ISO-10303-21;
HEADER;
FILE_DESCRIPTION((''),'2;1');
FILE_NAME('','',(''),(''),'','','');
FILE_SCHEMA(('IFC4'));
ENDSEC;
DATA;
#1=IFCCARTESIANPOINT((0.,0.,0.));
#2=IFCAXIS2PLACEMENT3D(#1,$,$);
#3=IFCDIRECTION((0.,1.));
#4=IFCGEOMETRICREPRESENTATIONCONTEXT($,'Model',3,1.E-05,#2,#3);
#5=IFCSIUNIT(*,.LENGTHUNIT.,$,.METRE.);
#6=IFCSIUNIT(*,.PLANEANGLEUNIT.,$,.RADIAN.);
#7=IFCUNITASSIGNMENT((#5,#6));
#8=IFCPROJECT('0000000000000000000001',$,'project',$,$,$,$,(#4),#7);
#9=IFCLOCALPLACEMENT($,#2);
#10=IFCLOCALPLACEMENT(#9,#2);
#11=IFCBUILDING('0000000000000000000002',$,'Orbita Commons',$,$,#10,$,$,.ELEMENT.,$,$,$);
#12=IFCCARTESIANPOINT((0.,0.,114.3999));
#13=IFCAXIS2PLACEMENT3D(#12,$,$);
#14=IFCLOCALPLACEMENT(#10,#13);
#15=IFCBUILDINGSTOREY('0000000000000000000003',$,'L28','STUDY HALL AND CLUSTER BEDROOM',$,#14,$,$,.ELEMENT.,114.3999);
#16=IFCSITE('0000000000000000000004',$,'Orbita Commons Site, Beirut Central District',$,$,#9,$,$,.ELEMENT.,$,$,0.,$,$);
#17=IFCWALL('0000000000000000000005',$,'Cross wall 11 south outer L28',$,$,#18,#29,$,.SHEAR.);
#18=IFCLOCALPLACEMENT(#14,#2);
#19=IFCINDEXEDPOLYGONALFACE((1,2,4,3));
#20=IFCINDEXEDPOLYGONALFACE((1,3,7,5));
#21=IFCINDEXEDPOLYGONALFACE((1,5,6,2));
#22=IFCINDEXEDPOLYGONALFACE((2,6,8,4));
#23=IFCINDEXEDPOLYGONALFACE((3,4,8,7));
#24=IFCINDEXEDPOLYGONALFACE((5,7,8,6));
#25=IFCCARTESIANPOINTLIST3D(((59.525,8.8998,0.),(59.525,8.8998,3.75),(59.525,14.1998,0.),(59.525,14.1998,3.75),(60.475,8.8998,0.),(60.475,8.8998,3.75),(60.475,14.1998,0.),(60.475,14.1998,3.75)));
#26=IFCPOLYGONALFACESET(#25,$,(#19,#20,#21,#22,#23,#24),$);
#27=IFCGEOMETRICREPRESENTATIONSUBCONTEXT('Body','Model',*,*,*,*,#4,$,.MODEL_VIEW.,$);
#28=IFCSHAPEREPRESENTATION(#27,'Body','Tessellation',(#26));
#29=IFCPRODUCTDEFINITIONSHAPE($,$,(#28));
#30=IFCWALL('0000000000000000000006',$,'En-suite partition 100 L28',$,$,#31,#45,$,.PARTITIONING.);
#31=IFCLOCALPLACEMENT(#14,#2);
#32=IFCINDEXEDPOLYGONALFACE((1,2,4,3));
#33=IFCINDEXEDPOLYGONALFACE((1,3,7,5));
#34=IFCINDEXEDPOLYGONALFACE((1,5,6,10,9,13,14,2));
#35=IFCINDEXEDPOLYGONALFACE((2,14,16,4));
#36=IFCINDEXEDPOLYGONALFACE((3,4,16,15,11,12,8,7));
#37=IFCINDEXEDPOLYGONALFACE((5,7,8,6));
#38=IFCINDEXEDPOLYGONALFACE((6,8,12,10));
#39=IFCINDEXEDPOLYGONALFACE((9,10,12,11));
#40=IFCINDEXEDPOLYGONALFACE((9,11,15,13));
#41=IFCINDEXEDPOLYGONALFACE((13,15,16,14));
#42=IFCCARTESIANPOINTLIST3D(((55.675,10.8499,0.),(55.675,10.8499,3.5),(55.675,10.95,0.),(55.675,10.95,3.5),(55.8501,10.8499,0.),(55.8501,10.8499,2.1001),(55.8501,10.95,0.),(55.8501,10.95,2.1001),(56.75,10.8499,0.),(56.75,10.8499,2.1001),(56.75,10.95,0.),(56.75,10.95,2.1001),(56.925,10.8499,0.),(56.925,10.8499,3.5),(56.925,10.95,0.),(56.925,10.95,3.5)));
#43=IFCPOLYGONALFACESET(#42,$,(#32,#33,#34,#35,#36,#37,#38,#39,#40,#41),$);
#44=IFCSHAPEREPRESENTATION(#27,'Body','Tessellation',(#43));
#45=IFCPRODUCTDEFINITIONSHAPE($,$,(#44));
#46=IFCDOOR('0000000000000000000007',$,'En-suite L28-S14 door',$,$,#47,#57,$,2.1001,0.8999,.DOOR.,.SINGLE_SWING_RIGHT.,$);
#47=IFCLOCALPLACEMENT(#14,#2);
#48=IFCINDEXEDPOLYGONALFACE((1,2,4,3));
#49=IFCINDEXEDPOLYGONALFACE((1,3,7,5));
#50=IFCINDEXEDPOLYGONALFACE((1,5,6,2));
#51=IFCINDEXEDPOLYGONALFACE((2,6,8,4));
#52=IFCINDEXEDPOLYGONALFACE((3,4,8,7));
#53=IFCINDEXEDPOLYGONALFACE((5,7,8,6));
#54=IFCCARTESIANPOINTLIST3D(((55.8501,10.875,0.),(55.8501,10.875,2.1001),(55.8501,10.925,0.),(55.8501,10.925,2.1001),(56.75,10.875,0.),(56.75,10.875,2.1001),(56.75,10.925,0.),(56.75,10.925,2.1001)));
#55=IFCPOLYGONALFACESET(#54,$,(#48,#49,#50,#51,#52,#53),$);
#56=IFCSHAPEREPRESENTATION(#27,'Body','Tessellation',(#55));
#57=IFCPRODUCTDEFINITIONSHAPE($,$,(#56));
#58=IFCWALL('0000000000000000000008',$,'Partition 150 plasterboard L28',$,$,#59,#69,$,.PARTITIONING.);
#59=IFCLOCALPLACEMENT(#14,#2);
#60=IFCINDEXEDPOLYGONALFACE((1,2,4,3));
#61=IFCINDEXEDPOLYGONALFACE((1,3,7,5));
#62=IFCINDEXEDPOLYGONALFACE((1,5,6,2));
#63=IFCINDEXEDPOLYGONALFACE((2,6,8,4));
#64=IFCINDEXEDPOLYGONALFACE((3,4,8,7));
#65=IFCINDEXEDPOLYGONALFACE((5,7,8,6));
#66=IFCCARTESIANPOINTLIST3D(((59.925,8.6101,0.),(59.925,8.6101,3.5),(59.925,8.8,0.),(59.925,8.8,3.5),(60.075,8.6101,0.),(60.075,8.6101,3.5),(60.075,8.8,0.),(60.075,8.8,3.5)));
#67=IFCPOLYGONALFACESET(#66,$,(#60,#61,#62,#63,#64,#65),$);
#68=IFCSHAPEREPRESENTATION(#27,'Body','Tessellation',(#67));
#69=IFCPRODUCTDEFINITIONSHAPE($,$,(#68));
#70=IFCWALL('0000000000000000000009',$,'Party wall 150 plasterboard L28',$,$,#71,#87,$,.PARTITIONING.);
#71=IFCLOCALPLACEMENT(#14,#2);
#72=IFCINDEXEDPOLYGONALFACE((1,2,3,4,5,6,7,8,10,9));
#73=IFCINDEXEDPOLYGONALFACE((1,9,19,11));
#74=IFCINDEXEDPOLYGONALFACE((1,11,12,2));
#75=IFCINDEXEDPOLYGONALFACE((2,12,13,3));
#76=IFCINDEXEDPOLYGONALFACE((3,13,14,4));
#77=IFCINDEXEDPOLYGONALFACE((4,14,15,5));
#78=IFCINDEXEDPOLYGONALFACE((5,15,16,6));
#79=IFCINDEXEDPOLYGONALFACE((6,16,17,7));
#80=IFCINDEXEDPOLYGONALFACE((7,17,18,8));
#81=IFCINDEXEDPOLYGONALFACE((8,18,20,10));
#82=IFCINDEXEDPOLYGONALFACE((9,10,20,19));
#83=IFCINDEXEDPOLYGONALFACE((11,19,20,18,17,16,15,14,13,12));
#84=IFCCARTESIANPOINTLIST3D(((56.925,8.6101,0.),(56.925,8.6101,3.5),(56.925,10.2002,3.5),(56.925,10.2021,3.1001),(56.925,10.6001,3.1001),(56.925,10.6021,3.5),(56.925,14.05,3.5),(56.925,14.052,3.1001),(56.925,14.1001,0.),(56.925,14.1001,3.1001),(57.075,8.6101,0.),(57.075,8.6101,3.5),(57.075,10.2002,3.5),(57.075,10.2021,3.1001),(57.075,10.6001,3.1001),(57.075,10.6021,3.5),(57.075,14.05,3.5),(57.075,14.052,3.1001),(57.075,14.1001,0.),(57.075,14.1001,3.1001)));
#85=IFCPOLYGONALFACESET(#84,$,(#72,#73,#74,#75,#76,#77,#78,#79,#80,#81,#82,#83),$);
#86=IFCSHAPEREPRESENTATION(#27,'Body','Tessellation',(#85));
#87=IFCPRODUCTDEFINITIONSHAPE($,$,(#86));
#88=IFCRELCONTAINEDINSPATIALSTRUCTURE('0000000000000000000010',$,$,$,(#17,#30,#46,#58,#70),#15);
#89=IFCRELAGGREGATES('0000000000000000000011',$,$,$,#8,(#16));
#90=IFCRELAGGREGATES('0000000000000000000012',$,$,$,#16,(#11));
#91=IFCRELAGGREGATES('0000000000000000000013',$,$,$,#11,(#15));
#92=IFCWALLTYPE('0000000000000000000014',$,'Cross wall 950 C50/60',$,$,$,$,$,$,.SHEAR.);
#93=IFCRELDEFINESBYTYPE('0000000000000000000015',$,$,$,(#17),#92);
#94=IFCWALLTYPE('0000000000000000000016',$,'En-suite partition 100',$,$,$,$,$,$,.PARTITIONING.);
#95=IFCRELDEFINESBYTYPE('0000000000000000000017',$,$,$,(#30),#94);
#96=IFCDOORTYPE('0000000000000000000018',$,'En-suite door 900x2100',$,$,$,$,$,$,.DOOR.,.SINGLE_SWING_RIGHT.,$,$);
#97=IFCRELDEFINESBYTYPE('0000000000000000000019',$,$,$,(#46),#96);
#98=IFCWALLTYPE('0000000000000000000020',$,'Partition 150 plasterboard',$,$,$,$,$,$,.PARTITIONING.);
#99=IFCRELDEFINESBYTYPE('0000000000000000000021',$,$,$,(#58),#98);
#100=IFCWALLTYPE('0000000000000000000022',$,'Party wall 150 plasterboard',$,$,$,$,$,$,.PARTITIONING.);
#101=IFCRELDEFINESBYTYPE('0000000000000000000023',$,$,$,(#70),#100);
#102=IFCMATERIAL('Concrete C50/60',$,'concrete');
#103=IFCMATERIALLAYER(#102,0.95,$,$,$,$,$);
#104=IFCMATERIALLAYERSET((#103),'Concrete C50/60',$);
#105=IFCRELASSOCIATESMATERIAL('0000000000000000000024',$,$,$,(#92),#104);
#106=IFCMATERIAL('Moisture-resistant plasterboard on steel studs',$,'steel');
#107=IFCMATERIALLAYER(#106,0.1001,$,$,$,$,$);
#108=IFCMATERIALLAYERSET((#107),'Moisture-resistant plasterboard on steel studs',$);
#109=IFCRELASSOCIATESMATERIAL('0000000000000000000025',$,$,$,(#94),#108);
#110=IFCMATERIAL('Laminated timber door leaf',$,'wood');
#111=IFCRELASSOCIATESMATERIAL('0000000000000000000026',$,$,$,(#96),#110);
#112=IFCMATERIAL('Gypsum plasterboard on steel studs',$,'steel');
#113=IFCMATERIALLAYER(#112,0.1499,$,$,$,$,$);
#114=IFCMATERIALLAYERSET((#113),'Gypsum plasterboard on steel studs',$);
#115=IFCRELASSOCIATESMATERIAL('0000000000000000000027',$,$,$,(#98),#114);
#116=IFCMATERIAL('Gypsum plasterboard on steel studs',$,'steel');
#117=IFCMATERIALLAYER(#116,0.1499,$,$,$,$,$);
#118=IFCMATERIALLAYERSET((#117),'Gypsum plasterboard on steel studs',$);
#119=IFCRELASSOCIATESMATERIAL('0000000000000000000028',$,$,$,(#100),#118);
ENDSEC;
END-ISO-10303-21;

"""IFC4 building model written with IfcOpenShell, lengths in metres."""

from ifc_helpers import new_model, si_unit, direction, frame, frame_2d, origin, place, context, subcontext, project, spatial, polyline, rectangle, outline, extrude, material, layer, layer_set, type_object, element, fill, save


model = new_model("IFC4")

# Units and contexts
model_context = context("Model", 3, precision=1e-05, world=origin(), true_north=direction((0.0, 1.0)))
body_context = subcontext(model_context, "Body", "Model", "MODEL_VIEW")
ifc_project = project(units=[si_unit("LENGTHUNIT", "METRE"), si_unit("PLANEANGLEUNIT", "RADIAN")], contexts=[model_context])

# Site, building, storey
site_placement = place(None, origin())
site = spatial("IfcSite", under=ifc_project, at=site_placement, Name="Orbita Commons Site, Beirut Central District", CompositionType="ELEMENT", RefElevation=0.0)
building_placement = place(site_placement, origin())
building = spatial("IfcBuilding", under=site, at=building_placement, Name="Orbita Commons", CompositionType="ELEMENT")
storey_placement = place(building_placement, frame((0.0, 0.0, 114.3999)))
storey = spatial("IfcBuildingStorey", under=building, at=storey_placement, Name="L28", Description="STUDY HALL AND CLUSTER BEDROOM", CompositionType="ELEMENT", Elevation=114.3999)

# Wall
ifc_material_1 = material(Name="Concrete C50/60", Category="concrete")
ifc_layer_1 = layer(ifc_material_1, 0.95)
ifc_layer_set_1 = layer_set([ifc_layer_1], Name="Concrete C50/60")
wall_type_1 = type_object("IfcWallType", Name="Cross wall 950 C50/60", PredefinedType="SHEAR", material=ifc_layer_set_1)
wall_1_placement = place(storey_placement, frame((60.0, 8.8999, 0.0), z_axis=(0.0, 0.0, 1.0), x_axis=(0.0, 1.0, 0.0)))
element("IfcWall", 1, at=wall_1_placement, inside=storey, type_object=wall_type_1, Name="Cross wall 11 south outer L28", PredefinedType="SHEAR", context=body_context, shape_type="SweptSolid", body=[
    extrude(rectangle(XDim=5.3, YDim=0.95, at=frame_2d((2.6499, 0.0))), origin(), (0.0, 0.0, 1.0), 3.75),
])

# Wall, opening, door
ifc_material_2 = material(Name="Moisture-resistant plasterboard on steel studs", Category="steel")
ifc_layer_2 = layer(ifc_material_2, 0.1001)
ifc_layer_set_2 = layer_set([ifc_layer_2], Name="Moisture-resistant plasterboard on steel studs")
wall_type_2 = type_object("IfcWallType", Name="En-suite partition 100", PredefinedType="PARTITIONING", material=ifc_layer_set_2)
wall_2_placement = place(storey_placement, frame((56.925, 10.8999, 0.0), z_axis=(0.0, 0.0, 1.0), x_axis=(-1.0, 0.0, 0.0)))
wall_2 = element("IfcWall", 2, at=wall_2_placement, inside=storey, type_object=wall_type_2, Name="En-suite partition 100 L28", PredefinedType="PARTITIONING", context=body_context, shape_type="SweptSolid", body=[
    extrude(rectangle(XDim=1.25, YDim=0.1001, at=frame_2d((0.625, 0.0))), origin(), (0.0, 0.0, 1.0), 3.5),
])
opening_placement = place(wall_2_placement, frame((0.175, 0.0, 0.0)))
opening = element("IfcOpeningElement", 3, at=opening_placement, cuts=wall_2, PredefinedType="OPENING", context=body_context, shape_type="SweptSolid", body=[
    extrude(rectangle(XDim=0.8999, YDim=2.1001, at=frame_2d((0.45, 1.05))), frame((0.0, 0.0601, 0.0), z_axis=(0.0, -1.0, 0.0), x_axis=(1.0, 0.0, 0.0)), (0.0, 0.0, 1.0), 0.1201),
])
ifc_material_3 = material(Name="Laminated timber door leaf", Category="wood")
door_type = type_object("IfcDoorType", Name="En-suite door 900x2100", OperationType="SINGLE_SWING_RIGHT", PredefinedType="DOOR", material=ifc_material_3)
door_placement = place(opening_placement, origin())
door = element("IfcDoor", 4, at=door_placement, inside=storey, type_object=door_type, Name="En-suite L28-S14 door", OperationType="SINGLE_SWING_RIGHT", OverallHeight=2.1001, OverallWidth=0.8999, PredefinedType="DOOR", context=body_context, shape_type="SweptSolid", body=[
    extrude(rectangle(XDim=0.8999, YDim=2.1001, at=frame_2d((0.45, 1.05))), frame((0.0, 0.0249, 0.0), z_axis=(0.0, -1.0, 0.0), x_axis=(1.0, 0.0, 0.0)), (0.0, 0.0, 1.0), 0.05),
])
fill(opening, door)

# Walls
ifc_material_4 = material(Name="Gypsum plasterboard on steel studs", Category="steel")
ifc_layer_3 = layer(ifc_material_4, 0.1499)
ifc_layer_set_3 = layer_set([ifc_layer_3], Name="Gypsum plasterboard on steel studs")
wall_type_3 = type_object("IfcWallType", Name="Partition 150 plasterboard", PredefinedType="PARTITIONING", material=ifc_layer_set_3)
wall_3_placement = place(storey_placement, frame((60.0, 8.8, 0.0), z_axis=(0.0, 0.0, 1.0), x_axis=(0.0, -1.0, 0.0)))
element("IfcWall", 5, at=wall_3_placement, inside=storey, type_object=wall_type_3, Name="Partition 150 plasterboard L28", PredefinedType="PARTITIONING", context=body_context, shape_type="SweptSolid", body=[
    extrude(rectangle(XDim=0.1899, YDim=0.1499, at=frame_2d((0.095, 0.0))), origin(), (0.0, 0.0, 1.0), 3.5),
])
ifc_material_5 = material(Name="Gypsum plasterboard on steel studs", Category="steel")
ifc_layer_4 = layer(ifc_material_5, 0.1499)
ifc_layer_set_4 = layer_set([ifc_layer_4], Name="Gypsum plasterboard on steel studs")
wall_type_4 = type_object("IfcWallType", Name="Party wall 150 plasterboard", PredefinedType="PARTITIONING", material=ifc_layer_set_4)
wall_4_placement = place(storey_placement, frame((57.0, 8.6101, 0.0), z_axis=(0.0, 0.0, 1.0), x_axis=(0.0, 1.0, 0.0)))
element("IfcWall", 6, at=wall_4_placement, inside=storey, type_object=wall_type_4, Name="Party wall 150 plasterboard L28", PredefinedType="PARTITIONING", context=body_context, shape_type="SweptSolid", body=[
    extrude(outline(polyline([(0.0, 0.0), (5.49, 0.0), (5.49, 3.1001), (5.4419, 3.1001), (5.4399, 3.5), (1.9919, 3.5), (1.99, 3.1001), (1.592, 3.1001), (1.5901, 3.5), (0.0, 3.5), (0.0, 0.0)])), frame((0.0, 0.075, 0.0), z_axis=(0.0, -1.0, 0.0), x_axis=(1.0, 0.0, 0.0)), (0.0, 0.0, 1.0), 0.1499),
])

save(model, "model.ifc")
